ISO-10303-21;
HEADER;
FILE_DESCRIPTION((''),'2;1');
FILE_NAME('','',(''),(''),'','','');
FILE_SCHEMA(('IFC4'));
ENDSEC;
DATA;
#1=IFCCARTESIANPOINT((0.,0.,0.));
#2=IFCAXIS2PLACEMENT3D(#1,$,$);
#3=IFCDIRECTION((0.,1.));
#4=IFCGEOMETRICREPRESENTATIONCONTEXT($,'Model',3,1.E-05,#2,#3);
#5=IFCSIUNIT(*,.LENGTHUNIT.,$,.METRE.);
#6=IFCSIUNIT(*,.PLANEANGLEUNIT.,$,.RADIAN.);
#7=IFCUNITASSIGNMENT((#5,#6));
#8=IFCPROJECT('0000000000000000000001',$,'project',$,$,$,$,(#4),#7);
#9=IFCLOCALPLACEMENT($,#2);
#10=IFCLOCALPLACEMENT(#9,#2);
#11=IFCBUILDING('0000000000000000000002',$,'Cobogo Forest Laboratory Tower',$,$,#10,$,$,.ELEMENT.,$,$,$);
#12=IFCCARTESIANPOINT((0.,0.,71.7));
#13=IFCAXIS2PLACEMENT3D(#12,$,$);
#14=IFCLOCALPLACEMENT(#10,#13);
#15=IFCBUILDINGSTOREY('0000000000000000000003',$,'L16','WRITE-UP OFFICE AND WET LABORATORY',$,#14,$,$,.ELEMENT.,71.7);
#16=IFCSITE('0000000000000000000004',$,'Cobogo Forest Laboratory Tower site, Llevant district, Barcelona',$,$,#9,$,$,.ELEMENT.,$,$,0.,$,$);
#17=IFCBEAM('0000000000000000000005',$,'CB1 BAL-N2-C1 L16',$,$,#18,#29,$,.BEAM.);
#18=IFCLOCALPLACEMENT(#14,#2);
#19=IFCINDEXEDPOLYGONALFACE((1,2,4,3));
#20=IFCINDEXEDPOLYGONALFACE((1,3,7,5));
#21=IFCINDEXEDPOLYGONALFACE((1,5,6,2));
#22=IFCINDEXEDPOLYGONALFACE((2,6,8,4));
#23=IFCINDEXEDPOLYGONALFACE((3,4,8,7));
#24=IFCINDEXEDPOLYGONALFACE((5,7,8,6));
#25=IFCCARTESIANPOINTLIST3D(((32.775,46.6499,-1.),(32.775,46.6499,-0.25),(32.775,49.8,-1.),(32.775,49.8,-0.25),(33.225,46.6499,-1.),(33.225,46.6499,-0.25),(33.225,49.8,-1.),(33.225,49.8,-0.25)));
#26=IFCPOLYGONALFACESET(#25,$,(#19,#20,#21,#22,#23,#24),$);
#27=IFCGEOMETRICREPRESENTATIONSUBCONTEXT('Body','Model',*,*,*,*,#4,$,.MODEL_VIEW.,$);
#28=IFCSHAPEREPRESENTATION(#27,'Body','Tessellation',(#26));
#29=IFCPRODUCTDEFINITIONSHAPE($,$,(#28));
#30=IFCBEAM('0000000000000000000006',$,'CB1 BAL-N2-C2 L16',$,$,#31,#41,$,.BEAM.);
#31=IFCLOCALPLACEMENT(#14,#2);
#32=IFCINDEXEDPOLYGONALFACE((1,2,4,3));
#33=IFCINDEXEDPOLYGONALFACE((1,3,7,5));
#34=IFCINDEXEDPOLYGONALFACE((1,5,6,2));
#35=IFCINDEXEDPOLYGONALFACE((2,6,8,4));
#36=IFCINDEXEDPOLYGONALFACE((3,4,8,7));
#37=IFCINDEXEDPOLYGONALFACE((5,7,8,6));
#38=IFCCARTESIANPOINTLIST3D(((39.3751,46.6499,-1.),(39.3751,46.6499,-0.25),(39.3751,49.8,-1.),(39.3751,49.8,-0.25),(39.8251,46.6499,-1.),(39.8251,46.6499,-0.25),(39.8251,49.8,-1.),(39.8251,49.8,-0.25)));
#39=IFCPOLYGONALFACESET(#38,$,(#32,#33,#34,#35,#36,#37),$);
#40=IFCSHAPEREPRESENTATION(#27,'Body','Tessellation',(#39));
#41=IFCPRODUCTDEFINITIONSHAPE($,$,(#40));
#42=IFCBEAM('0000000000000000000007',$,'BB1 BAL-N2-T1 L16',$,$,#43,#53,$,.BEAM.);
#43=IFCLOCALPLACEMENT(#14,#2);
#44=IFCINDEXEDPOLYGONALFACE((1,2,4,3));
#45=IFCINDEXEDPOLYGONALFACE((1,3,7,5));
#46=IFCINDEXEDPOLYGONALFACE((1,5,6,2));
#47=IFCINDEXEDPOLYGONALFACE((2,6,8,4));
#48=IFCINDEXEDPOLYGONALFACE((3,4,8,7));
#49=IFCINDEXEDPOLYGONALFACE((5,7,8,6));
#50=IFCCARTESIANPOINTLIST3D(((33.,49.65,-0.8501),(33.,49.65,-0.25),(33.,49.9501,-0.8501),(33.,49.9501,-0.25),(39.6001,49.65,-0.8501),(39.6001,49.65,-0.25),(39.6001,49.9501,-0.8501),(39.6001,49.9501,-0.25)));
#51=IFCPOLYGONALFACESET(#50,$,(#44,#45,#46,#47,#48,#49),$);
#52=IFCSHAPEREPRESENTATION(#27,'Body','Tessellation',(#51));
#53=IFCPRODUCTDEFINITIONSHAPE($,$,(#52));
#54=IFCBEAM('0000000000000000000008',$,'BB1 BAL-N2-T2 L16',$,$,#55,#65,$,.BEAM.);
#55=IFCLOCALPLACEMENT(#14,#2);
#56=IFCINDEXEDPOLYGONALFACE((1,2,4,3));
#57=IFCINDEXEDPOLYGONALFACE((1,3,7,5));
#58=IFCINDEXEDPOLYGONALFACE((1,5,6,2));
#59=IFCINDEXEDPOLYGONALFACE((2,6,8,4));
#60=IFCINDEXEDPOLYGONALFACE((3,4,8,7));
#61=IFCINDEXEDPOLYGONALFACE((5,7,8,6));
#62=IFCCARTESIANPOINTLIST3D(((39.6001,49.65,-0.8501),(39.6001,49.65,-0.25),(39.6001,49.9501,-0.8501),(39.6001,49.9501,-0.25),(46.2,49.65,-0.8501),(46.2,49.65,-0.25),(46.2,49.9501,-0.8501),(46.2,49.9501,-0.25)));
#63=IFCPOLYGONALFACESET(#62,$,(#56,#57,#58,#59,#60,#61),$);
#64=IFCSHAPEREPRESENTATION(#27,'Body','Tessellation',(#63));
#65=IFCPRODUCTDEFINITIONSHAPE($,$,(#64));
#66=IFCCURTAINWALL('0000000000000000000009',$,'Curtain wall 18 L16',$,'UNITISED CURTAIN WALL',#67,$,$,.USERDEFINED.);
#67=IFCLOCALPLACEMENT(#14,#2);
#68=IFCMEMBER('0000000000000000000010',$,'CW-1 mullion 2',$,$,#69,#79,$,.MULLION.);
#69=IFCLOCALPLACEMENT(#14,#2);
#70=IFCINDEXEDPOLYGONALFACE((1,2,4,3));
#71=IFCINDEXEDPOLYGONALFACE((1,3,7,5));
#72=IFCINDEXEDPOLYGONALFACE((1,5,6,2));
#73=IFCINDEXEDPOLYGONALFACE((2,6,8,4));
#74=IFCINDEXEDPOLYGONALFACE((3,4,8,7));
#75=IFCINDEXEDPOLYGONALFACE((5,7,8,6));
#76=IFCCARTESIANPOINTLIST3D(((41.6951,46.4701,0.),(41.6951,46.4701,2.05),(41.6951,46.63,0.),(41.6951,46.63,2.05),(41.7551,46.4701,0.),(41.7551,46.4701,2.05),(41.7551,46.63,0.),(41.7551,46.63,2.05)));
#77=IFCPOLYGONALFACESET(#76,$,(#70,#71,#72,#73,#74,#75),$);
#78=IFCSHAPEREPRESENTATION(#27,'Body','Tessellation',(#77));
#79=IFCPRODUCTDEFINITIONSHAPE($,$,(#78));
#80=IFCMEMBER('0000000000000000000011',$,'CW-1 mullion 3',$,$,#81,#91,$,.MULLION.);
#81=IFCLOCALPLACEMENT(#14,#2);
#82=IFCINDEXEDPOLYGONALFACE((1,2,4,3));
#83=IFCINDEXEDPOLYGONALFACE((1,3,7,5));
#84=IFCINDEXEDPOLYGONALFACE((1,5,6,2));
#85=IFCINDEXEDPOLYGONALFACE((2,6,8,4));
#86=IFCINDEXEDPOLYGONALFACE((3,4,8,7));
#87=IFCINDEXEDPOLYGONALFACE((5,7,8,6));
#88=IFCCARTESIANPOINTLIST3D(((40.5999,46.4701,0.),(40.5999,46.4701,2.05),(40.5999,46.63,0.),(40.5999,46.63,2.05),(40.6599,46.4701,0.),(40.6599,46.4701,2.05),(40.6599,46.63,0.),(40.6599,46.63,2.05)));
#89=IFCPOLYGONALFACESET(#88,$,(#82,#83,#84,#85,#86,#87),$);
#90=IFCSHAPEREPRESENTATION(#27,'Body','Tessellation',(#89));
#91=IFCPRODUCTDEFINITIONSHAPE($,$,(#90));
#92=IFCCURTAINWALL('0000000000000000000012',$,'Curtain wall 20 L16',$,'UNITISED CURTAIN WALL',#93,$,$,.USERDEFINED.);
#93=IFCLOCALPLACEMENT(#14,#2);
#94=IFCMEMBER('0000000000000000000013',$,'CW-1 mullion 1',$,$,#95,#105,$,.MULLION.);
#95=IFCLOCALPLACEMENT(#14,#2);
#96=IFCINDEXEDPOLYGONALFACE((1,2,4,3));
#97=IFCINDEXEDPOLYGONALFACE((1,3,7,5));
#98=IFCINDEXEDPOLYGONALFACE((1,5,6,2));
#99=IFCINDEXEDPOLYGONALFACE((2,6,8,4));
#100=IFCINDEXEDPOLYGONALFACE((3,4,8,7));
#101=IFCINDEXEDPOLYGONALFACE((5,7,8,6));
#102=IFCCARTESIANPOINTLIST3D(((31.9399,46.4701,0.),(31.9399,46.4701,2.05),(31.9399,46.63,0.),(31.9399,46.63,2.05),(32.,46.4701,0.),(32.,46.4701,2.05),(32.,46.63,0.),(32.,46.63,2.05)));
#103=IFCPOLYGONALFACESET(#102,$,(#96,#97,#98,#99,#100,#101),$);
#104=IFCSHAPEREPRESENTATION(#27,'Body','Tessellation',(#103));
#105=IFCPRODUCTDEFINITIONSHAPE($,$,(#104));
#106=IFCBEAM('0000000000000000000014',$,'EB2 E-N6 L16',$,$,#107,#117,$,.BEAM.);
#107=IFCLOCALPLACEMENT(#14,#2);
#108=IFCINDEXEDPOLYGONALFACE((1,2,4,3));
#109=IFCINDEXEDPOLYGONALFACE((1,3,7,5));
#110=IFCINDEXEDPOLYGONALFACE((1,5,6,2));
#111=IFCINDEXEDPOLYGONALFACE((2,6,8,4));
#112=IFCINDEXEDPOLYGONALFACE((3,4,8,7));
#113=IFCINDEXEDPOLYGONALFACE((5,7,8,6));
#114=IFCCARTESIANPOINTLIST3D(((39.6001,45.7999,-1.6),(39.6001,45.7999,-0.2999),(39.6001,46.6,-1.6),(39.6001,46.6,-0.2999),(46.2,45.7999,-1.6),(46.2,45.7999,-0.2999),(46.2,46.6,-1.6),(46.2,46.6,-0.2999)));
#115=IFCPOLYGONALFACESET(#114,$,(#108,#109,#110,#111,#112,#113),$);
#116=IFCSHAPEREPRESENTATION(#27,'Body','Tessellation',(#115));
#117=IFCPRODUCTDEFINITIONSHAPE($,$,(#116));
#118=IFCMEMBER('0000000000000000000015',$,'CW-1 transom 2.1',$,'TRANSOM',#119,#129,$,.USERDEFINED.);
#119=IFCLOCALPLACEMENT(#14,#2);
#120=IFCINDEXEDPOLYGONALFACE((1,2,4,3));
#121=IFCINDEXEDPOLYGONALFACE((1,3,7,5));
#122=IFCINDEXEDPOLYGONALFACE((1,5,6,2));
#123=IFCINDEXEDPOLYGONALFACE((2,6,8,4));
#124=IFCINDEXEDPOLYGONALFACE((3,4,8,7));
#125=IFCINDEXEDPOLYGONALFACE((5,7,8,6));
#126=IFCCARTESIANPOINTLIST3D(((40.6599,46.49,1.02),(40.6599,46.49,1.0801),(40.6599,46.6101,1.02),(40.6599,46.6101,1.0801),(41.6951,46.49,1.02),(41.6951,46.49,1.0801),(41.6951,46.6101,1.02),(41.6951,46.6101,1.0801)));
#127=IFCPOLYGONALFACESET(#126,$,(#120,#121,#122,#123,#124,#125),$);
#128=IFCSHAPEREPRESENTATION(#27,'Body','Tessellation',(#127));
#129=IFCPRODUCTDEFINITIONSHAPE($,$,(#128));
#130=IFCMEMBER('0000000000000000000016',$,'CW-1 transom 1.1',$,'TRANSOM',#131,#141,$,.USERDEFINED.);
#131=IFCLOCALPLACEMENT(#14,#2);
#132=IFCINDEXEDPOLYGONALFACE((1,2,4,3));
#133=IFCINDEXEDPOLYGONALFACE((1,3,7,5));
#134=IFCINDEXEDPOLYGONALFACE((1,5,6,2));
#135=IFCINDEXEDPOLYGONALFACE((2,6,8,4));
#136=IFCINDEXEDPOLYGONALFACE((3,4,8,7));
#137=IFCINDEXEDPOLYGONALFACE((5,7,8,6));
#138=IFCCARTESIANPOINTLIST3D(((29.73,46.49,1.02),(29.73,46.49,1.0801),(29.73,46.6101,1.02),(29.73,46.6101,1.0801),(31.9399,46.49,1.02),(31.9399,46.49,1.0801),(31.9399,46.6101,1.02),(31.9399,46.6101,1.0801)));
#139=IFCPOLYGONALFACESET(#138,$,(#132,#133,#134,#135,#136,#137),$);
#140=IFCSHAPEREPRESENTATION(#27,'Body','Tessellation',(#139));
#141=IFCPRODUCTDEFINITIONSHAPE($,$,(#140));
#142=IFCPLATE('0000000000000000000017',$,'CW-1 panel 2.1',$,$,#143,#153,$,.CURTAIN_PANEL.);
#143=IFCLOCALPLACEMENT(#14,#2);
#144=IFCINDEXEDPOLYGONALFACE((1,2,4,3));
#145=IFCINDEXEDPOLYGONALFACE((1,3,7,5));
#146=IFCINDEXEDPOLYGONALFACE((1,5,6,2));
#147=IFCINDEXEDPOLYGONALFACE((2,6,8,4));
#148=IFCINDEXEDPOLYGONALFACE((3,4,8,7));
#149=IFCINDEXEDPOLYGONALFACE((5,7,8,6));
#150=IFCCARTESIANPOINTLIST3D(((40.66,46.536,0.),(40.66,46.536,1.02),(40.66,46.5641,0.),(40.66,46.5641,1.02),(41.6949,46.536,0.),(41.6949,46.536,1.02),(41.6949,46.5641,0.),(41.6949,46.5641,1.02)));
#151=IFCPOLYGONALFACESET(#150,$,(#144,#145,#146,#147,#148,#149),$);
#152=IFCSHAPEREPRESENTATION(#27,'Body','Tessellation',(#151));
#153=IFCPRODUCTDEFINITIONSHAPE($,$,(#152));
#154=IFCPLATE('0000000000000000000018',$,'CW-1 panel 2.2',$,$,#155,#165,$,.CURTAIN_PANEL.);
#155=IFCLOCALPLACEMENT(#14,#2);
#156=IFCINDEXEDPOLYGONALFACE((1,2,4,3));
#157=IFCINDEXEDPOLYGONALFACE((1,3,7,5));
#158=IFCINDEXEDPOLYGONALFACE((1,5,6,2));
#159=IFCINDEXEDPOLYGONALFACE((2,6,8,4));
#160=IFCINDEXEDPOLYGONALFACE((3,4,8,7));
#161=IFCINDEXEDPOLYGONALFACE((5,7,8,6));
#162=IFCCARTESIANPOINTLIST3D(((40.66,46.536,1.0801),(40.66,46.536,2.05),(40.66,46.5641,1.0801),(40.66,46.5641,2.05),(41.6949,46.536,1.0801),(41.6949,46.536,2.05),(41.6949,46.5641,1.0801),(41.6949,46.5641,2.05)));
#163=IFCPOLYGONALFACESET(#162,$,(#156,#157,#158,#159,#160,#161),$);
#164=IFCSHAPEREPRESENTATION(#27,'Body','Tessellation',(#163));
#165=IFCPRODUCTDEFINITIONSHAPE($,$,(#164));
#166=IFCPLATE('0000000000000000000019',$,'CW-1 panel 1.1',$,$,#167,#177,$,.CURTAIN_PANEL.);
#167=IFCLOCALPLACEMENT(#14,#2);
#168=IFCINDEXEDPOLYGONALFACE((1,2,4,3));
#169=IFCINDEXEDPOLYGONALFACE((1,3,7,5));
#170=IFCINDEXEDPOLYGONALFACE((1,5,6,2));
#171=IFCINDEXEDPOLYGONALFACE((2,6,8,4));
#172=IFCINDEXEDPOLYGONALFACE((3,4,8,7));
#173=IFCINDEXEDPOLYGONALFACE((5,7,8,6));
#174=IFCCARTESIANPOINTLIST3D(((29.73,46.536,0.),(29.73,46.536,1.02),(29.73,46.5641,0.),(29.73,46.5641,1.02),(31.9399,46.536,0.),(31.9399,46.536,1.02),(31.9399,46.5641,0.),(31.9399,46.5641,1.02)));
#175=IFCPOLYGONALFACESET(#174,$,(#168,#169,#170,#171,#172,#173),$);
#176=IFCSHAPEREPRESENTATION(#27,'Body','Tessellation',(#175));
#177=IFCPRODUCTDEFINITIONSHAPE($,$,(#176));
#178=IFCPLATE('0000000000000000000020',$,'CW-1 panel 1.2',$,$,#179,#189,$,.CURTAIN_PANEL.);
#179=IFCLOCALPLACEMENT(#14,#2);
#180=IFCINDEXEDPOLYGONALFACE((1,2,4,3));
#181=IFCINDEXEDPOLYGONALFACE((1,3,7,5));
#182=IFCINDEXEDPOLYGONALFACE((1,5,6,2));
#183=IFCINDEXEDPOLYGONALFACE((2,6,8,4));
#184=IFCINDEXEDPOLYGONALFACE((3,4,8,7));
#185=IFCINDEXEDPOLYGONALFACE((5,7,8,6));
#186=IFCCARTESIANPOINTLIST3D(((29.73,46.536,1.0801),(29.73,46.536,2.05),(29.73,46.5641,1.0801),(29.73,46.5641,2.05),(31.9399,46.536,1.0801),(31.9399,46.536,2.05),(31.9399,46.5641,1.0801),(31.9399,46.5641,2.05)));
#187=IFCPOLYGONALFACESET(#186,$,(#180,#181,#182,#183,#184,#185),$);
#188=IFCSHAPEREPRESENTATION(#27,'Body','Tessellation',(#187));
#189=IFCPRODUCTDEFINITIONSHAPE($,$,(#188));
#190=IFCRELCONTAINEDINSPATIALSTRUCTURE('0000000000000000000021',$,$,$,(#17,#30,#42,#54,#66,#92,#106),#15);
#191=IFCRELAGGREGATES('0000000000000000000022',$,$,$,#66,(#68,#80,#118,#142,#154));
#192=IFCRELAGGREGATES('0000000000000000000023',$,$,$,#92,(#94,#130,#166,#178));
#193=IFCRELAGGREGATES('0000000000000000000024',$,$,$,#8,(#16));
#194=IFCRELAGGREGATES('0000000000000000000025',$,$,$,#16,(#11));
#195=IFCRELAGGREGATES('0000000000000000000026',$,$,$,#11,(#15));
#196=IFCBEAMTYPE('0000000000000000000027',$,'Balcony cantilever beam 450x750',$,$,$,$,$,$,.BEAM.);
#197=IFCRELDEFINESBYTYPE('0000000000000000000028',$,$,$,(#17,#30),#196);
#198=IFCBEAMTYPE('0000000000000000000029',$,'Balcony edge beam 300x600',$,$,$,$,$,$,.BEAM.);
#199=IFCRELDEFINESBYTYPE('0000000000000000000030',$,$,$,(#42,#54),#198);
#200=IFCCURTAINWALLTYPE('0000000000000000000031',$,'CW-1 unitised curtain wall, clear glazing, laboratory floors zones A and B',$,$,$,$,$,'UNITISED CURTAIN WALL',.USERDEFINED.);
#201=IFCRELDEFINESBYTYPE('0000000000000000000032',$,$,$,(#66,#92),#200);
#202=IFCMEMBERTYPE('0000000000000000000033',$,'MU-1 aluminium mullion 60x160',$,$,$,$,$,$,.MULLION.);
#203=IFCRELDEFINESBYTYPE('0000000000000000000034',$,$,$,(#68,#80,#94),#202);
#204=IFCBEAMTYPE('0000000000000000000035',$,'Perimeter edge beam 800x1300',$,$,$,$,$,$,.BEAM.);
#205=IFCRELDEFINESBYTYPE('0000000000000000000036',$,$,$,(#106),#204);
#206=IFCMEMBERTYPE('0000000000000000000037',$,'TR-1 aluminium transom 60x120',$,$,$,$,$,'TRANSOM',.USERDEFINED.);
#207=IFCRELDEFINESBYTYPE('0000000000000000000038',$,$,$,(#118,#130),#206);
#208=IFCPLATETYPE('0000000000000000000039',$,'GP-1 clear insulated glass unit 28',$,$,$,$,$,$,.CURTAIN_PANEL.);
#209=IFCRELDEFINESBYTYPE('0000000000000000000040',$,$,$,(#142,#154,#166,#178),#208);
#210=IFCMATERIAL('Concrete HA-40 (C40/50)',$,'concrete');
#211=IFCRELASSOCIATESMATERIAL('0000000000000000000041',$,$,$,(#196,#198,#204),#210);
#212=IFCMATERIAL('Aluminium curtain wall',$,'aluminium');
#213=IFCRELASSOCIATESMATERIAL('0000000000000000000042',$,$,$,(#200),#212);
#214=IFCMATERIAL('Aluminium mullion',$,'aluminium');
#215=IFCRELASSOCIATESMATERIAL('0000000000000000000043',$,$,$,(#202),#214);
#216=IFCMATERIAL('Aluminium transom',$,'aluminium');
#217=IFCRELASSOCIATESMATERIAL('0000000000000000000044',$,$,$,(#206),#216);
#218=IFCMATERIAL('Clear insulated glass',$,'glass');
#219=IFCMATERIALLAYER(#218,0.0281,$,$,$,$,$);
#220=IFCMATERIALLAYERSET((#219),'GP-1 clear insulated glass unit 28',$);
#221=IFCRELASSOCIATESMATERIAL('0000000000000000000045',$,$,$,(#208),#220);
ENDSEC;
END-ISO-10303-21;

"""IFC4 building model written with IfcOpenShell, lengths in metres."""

from ifc_helpers import new_model, si_unit, direction, frame, origin, origin_2d, place, context, subcontext, project, spatial, rectangle, extrude, material, layer, layer_set, material_profile, profile_set, type_object, element, aggregate, save


model = new_model("IFC4")

# Units and contexts
model_context = context("Model", 3, precision=1e-05, world=origin(), true_north=direction((0.0, 1.0)))
body_context = subcontext(model_context, "Body", "Model", "MODEL_VIEW")
ifc_project = project(units=[si_unit("LENGTHUNIT", "METRE"), si_unit("PLANEANGLEUNIT", "RADIAN")], contexts=[model_context])

# Site, building, storey
site_placement = place(None, origin())
site = spatial("IfcSite", under=ifc_project, at=site_placement, Name="Cobogo Forest Laboratory Tower site, Llevant district, Barcelona", CompositionType="ELEMENT", RefElevation=0.0)
building_placement = place(site_placement, origin())
building = spatial("IfcBuilding", under=site, at=building_placement, Name="Cobogo Forest Laboratory Tower", CompositionType="ELEMENT")
storey_placement = place(building_placement, frame((0.0, 0.0, 71.7)))
storey = spatial("IfcBuildingStorey", under=building, at=storey_placement, Name="L16", Description="WRITE-UP OFFICE AND WET LABORATORY", CompositionType="ELEMENT", Elevation=71.7)

# Beams
ifc_material_1 = material(Name="Concrete HA-40 (C40/50)", Category="concrete")
ifc_material_profile_1 = material_profile(ifc_material_1, rectangle(XDim=0.45, YDim=0.75, at=origin_2d()), Name="RC 450x750")
ifc_profile_set_1 = profile_set([ifc_material_profile_1], Name="Concrete HA-40 (C40/50)")
beam_type_1 = type_object("IfcBeamType", Name="Balcony cantilever beam 450x750", PredefinedType="BEAM", material=ifc_profile_set_1)
for number, where, z_axis, x_axis, name in (
    (1, (33.0, 46.6499, -0.625), (0.0, 1.0, 0.0), (-1.0, 0.0, 0.0), "CB1 BAL-N2-C1 L16"),
    (2, (39.6001, 46.6499, -0.625), (0.0, 1.0, 0.0), (-1.0, 0.0, 0.0), "CB1 BAL-N2-C2 L16"),
):
    element("IfcBeam", number, at=place(storey_placement, frame(where, z_axis=z_axis, x_axis=x_axis)), inside=storey, type_object=beam_type_1, Name=name, PredefinedType="BEAM", context=body_context, shape_type="SweptSolid", body=[
        extrude(rectangle(XDim=0.45, YDim=0.75, at=origin_2d()), origin(), (0.0, 0.0, 1.0), 3.1501),
    ])
ifc_material_profile_2 = material_profile(ifc_material_1, rectangle(XDim=0.3, YDim=0.6001, at=origin_2d()), Name="RC 300x600")
ifc_profile_set_2 = profile_set([ifc_material_profile_2], Name="Concrete HA-40 (C40/50)")
beam_type_2 = type_object("IfcBeamType", Name="Balcony edge beam 300x600", PredefinedType="BEAM", material=ifc_profile_set_2)
beam_1_placement = place(storey_placement, frame((33.0, 49.8, -0.55), z_axis=(1.0, 0.0, 0.0), x_axis=(0.0, 1.0, 0.0)))
element("IfcBeam", 3, at=beam_1_placement, inside=storey, type_object=beam_type_2, Name="BB1 BAL-N2-T1 L16", PredefinedType="BEAM", context=body_context, shape_type="SweptSolid", body=[
    extrude(rectangle(XDim=0.3, YDim=0.6001, at=origin_2d()), origin(), (0.0, 0.0, 1.0), 6.6001),
])
beam_2_placement = place(storey_placement, frame((39.6001, 49.8, -0.55), z_axis=(1.0, 0.0, 0.0), x_axis=(0.0, 1.0, 0.0)))
element("IfcBeam", 4, at=beam_2_placement, inside=storey, type_object=beam_type_2, Name="BB1 BAL-N2-T2 L16", PredefinedType="BEAM", context=body_context, shape_type="SweptSolid", body=[
    extrude(rectangle(XDim=0.3, YDim=0.6001, at=origin_2d()), origin(), (0.0, 0.0, 1.0), 6.5999),
])

# Curtain wall, members
ifc_material_2 = material(Name="Aluminium curtain wall", Category="aluminium")
curtain_wall_type = type_object("IfcCurtainWallType", Name="CW-1 unitised curtain wall, clear glazing, laboratory floors zones A and B", ElementType="UNITISED CURTAIN WALL", PredefinedType="USERDEFINED", material=ifc_material_2)
curtain_wall_1_placement = place(storey_placement, origin())
curtain_wall_1 = element("IfcCurtainWall", 5, at=curtain_wall_1_placement, inside=storey, type_object=curtain_wall_type, Name="Curtain wall 18 L16", ObjectType="UNITISED CURTAIN WALL", PredefinedType="USERDEFINED")
ifc_material_3 = material(Name="Aluminium mullion", Category="aluminium")
ifc_material_profile_3 = material_profile(ifc_material_3, rectangle(XDim=0.0601, YDim=0.1599, at=origin_2d()), Name="AL 60x160")
ifc_profile_set_3 = profile_set([ifc_material_profile_3], Name="Aluminium mullion")
member_type_1 = type_object("IfcMemberType", Name="MU-1 aluminium mullion 60x160", PredefinedType="MULLION", material=ifc_profile_set_3)
member_1_placement = place(storey_placement, frame((41.7251, 46.55, 0.0), z_axis=(0.0, 0.0, 1.0), x_axis=(-1.0, 0.0, 0.0)))
member_1 = element("IfcMember", 6, at=member_1_placement, type_object=member_type_1, Name="CW-1 mullion 2", PredefinedType="MULLION", context=body_context, shape_type="SweptSolid", body=[
    extrude(rectangle(XDim=0.0601, YDim=0.1599, at=origin_2d()), origin(), (0.0, 0.0, 1.0), 2.05),
])
member_2_placement = place(storey_placement, frame((40.6299, 46.55, 0.0), z_axis=(0.0, 0.0, 1.0), x_axis=(-1.0, 0.0, 0.0)))
member_2 = element("IfcMember", 7, at=member_2_placement, type_object=member_type_1, Name="CW-1 mullion 3", PredefinedType="MULLION", context=body_context, shape_type="SweptSolid", body=[
    extrude(rectangle(XDim=0.0601, YDim=0.1599, at=origin_2d()), origin(), (0.0, 0.0, 1.0), 2.05),
])

# Curtain wall, member
curtain_wall_2_placement = place(storey_placement, origin())
curtain_wall_2 = element("IfcCurtainWall", 8, at=curtain_wall_2_placement, inside=storey, type_object=curtain_wall_type, Name="Curtain wall 20 L16", ObjectType="UNITISED CURTAIN WALL", PredefinedType="USERDEFINED")
member_3_placement = place(storey_placement, frame((31.97, 46.55, 0.0), z_axis=(0.0, 0.0, 1.0), x_axis=(-1.0, 0.0, 0.0)))
member_3 = element("IfcMember", 9, at=member_3_placement, type_object=member_type_1, Name="CW-1 mullion 1", PredefinedType="MULLION", context=body_context, shape_type="SweptSolid", body=[
    extrude(rectangle(XDim=0.0601, YDim=0.1599, at=origin_2d()), origin(), (0.0, 0.0, 1.0), 2.05),
])

# Beam
ifc_material_profile_4 = material_profile(ifc_material_1, rectangle(XDim=0.8, YDim=1.3, at=origin_2d()), Name="RC 800x1300")
ifc_profile_set_4 = profile_set([ifc_material_profile_4], Name="Concrete HA-40 (C40/50)")
beam_type_3 = type_object("IfcBeamType", Name="Perimeter edge beam 800x1300", PredefinedType="BEAM", material=ifc_profile_set_4)
beam_3_placement = place(storey_placement, frame((39.6001, 46.2, -0.95), z_axis=(1.0, 0.0, 0.0), x_axis=(0.0, 1.0, 0.0)))
element("IfcBeam", 10, at=beam_3_placement, inside=storey, type_object=beam_type_3, Name="EB2 E-N6 L16", PredefinedType="BEAM", context=body_context, shape_type="SweptSolid", body=[
    extrude(rectangle(XDim=0.8, YDim=1.3, at=origin_2d()), origin(), (0.0, 0.0, 1.0), 6.5999),
])

# Members
ifc_material_4 = material(Name="Aluminium transom", Category="aluminium")
ifc_material_profile_5 = material_profile(ifc_material_4, rectangle(XDim=0.1201, YDim=0.0601, at=origin_2d()), Name="AL 60x120")
ifc_profile_set_5 = profile_set([ifc_material_profile_5], Name="Aluminium transom")
member_type_2 = type_object("IfcMemberType", Name="TR-1 aluminium transom 60x120", ElementType="TRANSOM", PredefinedType="USERDEFINED", material=ifc_profile_set_5)
member_4_placement = place(storey_placement, frame((41.6951, 46.55, 1.05), z_axis=(-1.0, 0.0, 0.0), x_axis=(0.0, -1.0, 0.0)))
member_4 = element("IfcMember", 11, at=member_4_placement, type_object=member_type_2, Name="CW-1 transom 2.1", ObjectType="TRANSOM", PredefinedType="USERDEFINED", context=body_context, shape_type="SweptSolid", body=[
    extrude(rectangle(XDim=0.1201, YDim=0.0601, at=origin_2d()), origin(), (0.0, 0.0, 1.0), 1.0352),
])
member_5_placement = place(storey_placement, frame((31.9399, 46.55, 1.05), z_axis=(-1.0, 0.0, 0.0), x_axis=(0.0, -1.0, 0.0)))
member_5 = element("IfcMember", 12, at=member_5_placement, type_object=member_type_2, Name="CW-1 transom 1.1", ObjectType="TRANSOM", PredefinedType="USERDEFINED", context=body_context, shape_type="SweptSolid", body=[
    extrude(rectangle(XDim=0.1201, YDim=0.0601, at=origin_2d()), origin(), (0.0, 0.0, 1.0), 2.21),
])

# Plates
ifc_material_5 = material(Name="Clear insulated glass", Category="glass")
ifc_layer_1 = layer(ifc_material_5, 0.0281)
ifc_layer_set_1 = layer_set([ifc_layer_1], Name="GP-1 clear insulated glass unit 28")
plate_type = type_object("IfcPlateType", Name="GP-1 clear insulated glass unit 28", PredefinedType="CURTAIN_PANEL", material=ifc_layer_set_1)
plate_1_placement = place(storey_placement, frame((41.1775, 46.55, 0.0), z_axis=(0.0, 0.0, 1.0), x_axis=(-1.0, 0.0, 0.0)))
plate_1 = element("IfcPlate", 13, at=plate_1_placement, type_object=plate_type, Name="CW-1 panel 2.1", PredefinedType="CURTAIN_PANEL", context=body_context, shape_type="SweptSolid", body=[
    extrude(rectangle(XDim=1.0349, YDim=0.0281, at=origin_2d()), origin(), (0.0, 0.0, 1.0), 1.02),
])
plate_2_placement = place(storey_placement, frame((41.1775, 46.55, 1.0801), z_axis=(0.0, 0.0, 1.0), x_axis=(-1.0, 0.0, 0.0)))
plate_2 = element("IfcPlate", 14, at=plate_2_placement, type_object=plate_type, Name="CW-1 panel 2.2", PredefinedType="CURTAIN_PANEL", context=body_context, shape_type="SweptSolid", body=[
    extrude(rectangle(XDim=1.0349, YDim=0.0281, at=origin_2d()), origin(), (0.0, 0.0, 1.0), 0.97),
])
aggregate(curtain_wall_1, [member_1, member_2, member_4, plate_1, plate_2])
plate_3_placement = place(storey_placement, frame((30.835, 46.55, 0.0), z_axis=(0.0, 0.0, 1.0), x_axis=(-1.0, 0.0, 0.0)))
plate_3 = element("IfcPlate", 15, at=plate_3_placement, type_object=plate_type, Name="CW-1 panel 1.1", PredefinedType="CURTAIN_PANEL", context=body_context, shape_type="SweptSolid", body=[
    extrude(rectangle(XDim=2.21, YDim=0.0281, at=origin_2d()), origin(), (0.0, 0.0, 1.0), 1.02),
])
plate_4_placement = place(storey_placement, frame((30.835, 46.55, 1.0801), z_axis=(0.0, 0.0, 1.0), x_axis=(-1.0, 0.0, 0.0)))
plate_4 = element("IfcPlate", 16, at=plate_4_placement, type_object=plate_type, Name="CW-1 panel 1.2", PredefinedType="CURTAIN_PANEL", context=body_context, shape_type="SweptSolid", body=[
    extrude(rectangle(XDim=2.21, YDim=0.0281, at=origin_2d()), origin(), (0.0, 0.0, 1.0), 0.97),
])
aggregate(curtain_wall_2, [member_3, member_5, plate_3, plate_4])

save(model, "model.ifc")
